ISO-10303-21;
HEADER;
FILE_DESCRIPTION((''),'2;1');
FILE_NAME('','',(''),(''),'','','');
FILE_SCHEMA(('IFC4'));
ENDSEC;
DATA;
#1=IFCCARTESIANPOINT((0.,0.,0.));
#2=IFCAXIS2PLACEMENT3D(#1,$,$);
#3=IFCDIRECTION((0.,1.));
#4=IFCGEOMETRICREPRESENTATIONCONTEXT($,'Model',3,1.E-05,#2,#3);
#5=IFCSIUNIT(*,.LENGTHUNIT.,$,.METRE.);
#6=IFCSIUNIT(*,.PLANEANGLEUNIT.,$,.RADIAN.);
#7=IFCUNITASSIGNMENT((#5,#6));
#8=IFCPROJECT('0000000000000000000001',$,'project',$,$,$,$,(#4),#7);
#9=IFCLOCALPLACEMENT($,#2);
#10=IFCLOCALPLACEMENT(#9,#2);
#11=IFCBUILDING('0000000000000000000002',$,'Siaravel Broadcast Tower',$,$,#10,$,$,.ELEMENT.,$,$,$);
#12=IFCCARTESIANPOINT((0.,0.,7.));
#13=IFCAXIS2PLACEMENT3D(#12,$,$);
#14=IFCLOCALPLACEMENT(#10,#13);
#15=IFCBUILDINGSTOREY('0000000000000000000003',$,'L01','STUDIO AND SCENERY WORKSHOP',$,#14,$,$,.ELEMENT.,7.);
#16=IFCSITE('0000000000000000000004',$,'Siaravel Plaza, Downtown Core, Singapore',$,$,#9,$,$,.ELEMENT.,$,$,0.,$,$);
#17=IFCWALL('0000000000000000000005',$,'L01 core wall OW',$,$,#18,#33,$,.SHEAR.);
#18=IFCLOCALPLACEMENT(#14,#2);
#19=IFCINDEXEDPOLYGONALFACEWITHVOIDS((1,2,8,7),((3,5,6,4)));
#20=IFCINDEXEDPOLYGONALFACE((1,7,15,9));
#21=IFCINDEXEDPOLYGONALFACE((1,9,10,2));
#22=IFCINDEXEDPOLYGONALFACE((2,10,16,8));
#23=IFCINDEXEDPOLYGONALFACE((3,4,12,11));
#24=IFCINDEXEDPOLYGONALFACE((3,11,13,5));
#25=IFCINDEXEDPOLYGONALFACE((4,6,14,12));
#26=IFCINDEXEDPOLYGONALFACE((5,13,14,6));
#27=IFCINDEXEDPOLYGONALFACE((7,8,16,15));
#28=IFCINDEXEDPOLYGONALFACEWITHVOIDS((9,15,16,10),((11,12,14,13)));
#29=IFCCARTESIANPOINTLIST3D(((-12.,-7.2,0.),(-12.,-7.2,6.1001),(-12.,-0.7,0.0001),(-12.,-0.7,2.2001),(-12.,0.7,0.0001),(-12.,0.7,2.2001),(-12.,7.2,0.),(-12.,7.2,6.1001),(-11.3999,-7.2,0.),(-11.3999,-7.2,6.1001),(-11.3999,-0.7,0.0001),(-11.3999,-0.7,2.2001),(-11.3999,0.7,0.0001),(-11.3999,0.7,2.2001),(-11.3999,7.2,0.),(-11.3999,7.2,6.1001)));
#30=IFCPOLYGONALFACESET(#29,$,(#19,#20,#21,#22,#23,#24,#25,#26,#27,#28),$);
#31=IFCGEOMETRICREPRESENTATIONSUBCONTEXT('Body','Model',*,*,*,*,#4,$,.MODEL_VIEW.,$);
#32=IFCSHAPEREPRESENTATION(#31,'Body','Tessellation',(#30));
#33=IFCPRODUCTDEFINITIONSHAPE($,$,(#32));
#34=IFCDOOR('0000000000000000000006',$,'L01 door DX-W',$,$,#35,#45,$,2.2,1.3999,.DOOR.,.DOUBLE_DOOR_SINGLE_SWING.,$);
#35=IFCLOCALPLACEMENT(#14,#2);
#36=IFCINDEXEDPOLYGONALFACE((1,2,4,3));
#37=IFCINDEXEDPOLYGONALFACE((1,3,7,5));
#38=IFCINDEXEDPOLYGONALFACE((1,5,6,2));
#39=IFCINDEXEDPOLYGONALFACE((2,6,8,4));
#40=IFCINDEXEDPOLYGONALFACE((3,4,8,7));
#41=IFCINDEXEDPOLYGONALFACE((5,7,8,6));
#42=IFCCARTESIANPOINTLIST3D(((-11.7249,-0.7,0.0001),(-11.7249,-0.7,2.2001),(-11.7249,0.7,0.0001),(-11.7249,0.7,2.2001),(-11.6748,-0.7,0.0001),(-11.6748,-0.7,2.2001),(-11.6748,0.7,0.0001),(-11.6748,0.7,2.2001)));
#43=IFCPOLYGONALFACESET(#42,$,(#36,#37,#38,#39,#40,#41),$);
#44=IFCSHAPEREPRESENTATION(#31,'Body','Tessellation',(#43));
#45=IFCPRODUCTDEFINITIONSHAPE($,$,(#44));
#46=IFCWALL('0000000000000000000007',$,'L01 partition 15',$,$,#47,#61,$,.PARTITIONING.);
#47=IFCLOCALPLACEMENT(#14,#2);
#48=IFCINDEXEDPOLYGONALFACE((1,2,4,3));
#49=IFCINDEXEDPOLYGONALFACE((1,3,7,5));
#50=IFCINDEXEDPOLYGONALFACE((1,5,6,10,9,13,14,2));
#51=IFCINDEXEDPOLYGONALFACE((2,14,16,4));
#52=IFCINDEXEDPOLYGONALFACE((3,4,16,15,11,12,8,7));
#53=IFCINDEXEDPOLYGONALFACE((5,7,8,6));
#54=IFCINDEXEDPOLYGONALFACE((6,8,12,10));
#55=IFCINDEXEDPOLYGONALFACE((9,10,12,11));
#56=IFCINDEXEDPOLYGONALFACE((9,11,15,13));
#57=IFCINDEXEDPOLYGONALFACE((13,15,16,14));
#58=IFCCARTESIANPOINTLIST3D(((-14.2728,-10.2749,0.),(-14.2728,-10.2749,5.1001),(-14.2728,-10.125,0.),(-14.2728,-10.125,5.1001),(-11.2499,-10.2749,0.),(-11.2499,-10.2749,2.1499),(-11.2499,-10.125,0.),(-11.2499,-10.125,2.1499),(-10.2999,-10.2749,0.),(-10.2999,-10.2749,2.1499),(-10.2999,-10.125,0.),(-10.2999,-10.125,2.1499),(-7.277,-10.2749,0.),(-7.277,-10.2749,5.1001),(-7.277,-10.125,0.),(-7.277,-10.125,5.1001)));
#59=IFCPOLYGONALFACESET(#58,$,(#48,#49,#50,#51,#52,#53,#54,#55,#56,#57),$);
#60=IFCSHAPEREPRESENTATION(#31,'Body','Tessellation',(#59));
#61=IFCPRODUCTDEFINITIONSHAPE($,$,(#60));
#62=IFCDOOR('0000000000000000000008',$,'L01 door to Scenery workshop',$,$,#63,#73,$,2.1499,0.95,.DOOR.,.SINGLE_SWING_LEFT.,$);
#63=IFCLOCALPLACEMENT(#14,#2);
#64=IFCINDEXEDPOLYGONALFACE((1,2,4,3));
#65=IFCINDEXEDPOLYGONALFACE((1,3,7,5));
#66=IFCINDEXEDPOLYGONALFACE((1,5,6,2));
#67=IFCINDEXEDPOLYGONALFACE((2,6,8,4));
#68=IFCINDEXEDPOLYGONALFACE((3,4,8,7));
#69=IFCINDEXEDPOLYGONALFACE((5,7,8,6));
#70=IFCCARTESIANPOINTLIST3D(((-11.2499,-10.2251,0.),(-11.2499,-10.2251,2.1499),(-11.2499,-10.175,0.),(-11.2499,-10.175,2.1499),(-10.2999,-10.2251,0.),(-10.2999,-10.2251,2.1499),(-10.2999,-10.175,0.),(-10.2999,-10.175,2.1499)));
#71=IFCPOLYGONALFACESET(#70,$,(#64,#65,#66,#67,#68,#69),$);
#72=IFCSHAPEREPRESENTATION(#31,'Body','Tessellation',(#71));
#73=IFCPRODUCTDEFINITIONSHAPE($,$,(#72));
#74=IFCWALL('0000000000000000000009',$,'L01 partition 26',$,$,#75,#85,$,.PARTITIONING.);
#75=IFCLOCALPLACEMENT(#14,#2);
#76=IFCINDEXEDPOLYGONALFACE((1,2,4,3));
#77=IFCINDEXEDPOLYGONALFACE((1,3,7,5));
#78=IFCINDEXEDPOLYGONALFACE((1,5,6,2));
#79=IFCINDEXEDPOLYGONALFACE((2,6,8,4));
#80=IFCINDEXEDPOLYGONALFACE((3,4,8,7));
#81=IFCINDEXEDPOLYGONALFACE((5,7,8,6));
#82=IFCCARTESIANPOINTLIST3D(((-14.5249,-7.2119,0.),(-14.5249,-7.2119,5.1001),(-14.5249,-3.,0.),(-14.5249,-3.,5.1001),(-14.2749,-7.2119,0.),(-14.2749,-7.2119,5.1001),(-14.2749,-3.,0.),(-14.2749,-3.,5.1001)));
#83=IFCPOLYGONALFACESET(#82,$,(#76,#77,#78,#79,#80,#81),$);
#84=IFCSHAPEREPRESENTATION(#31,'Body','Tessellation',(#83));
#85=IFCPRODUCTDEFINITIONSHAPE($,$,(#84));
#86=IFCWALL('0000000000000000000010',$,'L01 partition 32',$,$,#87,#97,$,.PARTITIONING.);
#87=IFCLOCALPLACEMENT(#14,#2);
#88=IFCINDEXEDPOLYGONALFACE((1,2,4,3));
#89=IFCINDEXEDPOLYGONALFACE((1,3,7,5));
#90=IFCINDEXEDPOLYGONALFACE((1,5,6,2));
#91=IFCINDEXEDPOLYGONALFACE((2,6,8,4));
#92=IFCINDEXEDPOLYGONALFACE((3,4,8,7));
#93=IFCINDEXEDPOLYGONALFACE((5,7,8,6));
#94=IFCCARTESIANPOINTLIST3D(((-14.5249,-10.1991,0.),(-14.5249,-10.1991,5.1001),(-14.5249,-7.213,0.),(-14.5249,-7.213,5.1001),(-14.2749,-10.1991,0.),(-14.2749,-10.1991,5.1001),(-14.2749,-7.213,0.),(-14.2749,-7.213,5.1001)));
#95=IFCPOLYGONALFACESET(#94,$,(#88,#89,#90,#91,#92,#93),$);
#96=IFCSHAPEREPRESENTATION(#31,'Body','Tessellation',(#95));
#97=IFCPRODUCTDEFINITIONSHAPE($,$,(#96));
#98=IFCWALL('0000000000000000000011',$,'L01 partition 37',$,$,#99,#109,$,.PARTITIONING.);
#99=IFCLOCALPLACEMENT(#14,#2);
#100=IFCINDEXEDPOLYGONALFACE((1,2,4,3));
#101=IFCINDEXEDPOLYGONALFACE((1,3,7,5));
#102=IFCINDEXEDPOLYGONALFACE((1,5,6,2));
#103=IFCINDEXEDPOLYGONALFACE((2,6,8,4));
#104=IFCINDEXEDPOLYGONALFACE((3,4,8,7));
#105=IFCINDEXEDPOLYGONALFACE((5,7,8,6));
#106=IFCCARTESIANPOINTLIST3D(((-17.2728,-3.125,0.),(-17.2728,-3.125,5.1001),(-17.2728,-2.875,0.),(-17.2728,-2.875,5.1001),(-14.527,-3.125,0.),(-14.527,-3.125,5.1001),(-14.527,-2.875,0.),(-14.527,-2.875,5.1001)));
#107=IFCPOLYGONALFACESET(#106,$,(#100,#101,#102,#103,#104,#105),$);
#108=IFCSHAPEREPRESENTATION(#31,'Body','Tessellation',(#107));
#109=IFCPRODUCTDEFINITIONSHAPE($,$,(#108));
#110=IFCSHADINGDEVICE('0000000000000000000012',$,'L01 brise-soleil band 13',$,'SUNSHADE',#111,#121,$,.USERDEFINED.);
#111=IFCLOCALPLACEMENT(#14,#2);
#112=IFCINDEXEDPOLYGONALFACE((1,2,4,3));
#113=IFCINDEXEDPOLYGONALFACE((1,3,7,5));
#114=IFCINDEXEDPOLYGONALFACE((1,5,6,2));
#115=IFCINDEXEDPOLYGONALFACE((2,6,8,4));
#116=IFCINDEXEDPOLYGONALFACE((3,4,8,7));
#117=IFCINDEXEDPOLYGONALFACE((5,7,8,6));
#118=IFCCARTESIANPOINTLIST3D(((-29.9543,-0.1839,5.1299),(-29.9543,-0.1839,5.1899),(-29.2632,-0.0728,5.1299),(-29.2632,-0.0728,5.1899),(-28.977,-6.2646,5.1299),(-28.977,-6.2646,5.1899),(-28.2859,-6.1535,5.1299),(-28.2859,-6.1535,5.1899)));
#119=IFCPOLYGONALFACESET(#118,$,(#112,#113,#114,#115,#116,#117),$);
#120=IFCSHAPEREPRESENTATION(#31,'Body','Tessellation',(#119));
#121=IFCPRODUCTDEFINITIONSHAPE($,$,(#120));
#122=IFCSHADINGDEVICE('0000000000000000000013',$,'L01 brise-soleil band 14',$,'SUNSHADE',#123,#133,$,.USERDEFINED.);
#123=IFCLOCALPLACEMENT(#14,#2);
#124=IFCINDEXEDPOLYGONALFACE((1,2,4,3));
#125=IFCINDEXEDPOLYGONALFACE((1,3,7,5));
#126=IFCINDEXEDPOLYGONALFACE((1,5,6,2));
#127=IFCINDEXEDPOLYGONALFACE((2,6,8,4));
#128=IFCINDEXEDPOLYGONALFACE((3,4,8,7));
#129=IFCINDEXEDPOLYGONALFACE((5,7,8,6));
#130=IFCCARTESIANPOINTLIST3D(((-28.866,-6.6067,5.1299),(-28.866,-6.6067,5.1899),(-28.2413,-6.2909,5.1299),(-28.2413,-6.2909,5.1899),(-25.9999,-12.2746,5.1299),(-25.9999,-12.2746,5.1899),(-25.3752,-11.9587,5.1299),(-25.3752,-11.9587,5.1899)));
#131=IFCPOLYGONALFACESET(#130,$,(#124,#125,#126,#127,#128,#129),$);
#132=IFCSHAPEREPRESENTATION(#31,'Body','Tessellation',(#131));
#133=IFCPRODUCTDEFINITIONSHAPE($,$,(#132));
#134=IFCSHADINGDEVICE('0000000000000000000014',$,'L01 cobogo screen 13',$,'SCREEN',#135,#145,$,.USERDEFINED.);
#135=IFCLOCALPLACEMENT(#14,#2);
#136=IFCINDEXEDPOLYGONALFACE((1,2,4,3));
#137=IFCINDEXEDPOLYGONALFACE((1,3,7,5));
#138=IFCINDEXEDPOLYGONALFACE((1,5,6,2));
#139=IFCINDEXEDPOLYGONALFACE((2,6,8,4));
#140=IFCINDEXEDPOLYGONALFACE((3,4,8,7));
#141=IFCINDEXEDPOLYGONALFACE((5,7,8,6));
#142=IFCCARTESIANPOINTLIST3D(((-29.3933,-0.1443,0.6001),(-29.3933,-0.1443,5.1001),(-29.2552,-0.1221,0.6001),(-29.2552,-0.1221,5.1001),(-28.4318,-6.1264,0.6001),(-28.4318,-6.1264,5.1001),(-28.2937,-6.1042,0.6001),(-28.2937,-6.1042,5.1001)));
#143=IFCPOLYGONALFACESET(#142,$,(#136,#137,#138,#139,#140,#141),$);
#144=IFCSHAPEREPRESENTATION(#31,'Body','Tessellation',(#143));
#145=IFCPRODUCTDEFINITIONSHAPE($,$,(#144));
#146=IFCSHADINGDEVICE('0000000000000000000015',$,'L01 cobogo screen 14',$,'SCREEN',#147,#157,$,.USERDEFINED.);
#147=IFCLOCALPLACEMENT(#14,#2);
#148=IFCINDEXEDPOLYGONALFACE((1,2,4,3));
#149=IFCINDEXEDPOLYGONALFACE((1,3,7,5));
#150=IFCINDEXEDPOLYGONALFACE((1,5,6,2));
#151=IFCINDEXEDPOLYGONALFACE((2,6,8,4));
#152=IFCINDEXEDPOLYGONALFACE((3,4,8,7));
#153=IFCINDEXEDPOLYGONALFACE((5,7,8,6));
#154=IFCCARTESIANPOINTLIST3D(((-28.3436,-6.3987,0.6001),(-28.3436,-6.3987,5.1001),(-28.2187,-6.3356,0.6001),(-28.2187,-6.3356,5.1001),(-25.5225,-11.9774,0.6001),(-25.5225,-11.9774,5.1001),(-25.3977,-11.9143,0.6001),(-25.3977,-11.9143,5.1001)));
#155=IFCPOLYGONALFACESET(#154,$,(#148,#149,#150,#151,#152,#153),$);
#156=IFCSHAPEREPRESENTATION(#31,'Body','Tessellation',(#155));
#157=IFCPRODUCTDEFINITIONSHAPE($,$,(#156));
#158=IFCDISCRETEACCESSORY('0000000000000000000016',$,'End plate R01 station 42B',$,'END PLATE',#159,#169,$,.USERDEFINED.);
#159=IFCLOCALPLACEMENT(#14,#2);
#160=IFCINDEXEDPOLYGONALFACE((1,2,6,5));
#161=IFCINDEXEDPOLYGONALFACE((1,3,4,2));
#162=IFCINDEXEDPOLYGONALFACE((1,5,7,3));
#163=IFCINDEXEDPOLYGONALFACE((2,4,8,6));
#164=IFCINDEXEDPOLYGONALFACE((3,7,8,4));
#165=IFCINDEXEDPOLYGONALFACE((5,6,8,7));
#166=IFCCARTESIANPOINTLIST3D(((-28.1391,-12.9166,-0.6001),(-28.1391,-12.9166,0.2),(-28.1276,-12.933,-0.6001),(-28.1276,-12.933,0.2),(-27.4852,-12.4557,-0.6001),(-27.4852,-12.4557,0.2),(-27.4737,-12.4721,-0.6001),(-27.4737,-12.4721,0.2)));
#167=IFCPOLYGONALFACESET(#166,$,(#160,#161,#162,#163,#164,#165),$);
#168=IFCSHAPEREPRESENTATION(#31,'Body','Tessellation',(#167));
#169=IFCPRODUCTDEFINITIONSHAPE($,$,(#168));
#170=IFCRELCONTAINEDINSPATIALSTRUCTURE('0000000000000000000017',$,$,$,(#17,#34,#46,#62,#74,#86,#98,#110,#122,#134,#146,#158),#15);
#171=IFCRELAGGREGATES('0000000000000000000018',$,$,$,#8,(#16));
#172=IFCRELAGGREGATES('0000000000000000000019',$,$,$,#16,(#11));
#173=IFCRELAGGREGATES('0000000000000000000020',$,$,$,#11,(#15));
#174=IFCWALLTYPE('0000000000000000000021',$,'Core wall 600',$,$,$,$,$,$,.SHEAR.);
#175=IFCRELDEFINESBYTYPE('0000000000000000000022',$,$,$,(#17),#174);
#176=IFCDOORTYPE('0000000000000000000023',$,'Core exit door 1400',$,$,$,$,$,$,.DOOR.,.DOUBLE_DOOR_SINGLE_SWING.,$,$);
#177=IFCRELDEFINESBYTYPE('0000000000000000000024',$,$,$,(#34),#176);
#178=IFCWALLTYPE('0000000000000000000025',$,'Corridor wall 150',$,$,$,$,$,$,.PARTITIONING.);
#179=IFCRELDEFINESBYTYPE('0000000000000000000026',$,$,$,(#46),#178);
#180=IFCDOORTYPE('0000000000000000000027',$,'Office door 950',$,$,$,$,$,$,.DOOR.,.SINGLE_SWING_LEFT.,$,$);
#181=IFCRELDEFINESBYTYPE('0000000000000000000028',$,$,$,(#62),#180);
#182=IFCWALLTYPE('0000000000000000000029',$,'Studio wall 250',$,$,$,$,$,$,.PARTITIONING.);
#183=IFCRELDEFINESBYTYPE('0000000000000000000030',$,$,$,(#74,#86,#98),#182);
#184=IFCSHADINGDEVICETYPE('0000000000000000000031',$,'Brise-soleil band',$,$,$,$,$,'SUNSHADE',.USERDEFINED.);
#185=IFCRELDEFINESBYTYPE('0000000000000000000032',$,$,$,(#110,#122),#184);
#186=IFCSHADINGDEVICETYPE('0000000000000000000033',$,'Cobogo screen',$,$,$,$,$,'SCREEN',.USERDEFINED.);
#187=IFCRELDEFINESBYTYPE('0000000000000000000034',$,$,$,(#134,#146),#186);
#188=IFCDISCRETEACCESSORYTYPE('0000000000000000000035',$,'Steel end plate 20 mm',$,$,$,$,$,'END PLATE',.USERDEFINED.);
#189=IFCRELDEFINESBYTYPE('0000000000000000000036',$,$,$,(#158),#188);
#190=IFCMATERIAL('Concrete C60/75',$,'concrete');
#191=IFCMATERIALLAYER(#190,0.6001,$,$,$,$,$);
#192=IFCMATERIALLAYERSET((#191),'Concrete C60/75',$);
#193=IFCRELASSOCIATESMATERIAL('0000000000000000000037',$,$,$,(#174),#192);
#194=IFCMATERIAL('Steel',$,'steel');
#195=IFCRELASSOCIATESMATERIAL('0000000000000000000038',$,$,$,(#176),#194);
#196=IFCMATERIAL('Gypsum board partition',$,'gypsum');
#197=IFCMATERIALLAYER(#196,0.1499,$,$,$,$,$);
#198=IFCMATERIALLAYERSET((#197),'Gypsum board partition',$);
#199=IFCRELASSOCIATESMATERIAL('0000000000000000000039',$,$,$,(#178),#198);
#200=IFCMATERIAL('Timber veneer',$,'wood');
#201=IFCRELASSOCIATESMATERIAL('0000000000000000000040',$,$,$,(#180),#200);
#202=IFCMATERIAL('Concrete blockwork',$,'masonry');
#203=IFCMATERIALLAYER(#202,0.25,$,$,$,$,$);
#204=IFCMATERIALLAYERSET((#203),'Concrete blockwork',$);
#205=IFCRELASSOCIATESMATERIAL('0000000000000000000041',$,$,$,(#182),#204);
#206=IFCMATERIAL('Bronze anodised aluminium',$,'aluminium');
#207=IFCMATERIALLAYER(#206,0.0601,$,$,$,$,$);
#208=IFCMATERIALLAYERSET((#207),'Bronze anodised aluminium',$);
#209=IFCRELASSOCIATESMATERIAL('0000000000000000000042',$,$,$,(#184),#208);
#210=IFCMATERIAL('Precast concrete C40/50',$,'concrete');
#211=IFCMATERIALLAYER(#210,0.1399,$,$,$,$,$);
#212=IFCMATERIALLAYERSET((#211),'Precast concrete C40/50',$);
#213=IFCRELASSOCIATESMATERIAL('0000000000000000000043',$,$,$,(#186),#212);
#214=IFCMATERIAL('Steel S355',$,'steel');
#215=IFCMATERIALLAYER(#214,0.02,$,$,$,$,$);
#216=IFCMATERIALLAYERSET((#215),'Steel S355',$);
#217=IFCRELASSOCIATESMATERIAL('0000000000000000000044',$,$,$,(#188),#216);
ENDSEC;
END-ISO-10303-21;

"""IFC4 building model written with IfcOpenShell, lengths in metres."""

from ifc_helpers import new_model, si_unit, direction, frame, frame_2d, origin, origin_2d, place, context, subcontext, project, spatial, rectangle, extrude, material, layer, layer_set, type_object, element, fill, save


model = new_model("IFC4")

# Units and contexts
model_context = context("Model", 3, precision=1e-05, world=origin(), true_north=direction((0.0, 1.0)))
body_context = subcontext(model_context, "Body", "Model", "MODEL_VIEW")
ifc_project = project(units=[si_unit("LENGTHUNIT", "METRE"), si_unit("PLANEANGLEUNIT", "RADIAN")], contexts=[model_context])

# Site, building, storey
site_placement = place(None, origin())
site = spatial("IfcSite", under=ifc_project, at=site_placement, Name="Siaravel Plaza, Downtown Core, Singapore", CompositionType="ELEMENT", RefElevation=0.0)
building_placement = place(site_placement, origin())
building = spatial("IfcBuilding", under=site, at=building_placement, Name="Siaravel Broadcast Tower", CompositionType="ELEMENT")
storey_placement = place(building_placement, frame((0.0, 0.0, 7.0)))
storey = spatial("IfcBuildingStorey", under=building, at=storey_placement, Name="L01", Description="STUDIO AND SCENERY WORKSHOP", CompositionType="ELEMENT", Elevation=7.0)

# Shared definitions
ifc_material_1 = material(Name="Steel S355", Category="steel")

# Walls, openings, doors
ifc_material_2 = material(Name="Concrete C60/75", Category="concrete")
ifc_layer_1 = layer(ifc_material_2, 0.6001)
ifc_layer_set_1 = layer_set([ifc_layer_1], Name="Concrete C60/75")
wall_type_1 = type_object("IfcWallType", Name="Core wall 600", PredefinedType="SHEAR", material=ifc_layer_set_1)
wall_1_placement = place(storey_placement, frame((-11.7, -7.2, 0.0), z_axis=(0.0, 0.0, 1.0), x_axis=(0.0, 1.0, 0.0)))
wall_1 = element("IfcWall", 1, at=wall_1_placement, inside=storey, type_object=wall_type_1, Name="L01 core wall OW", PredefinedType="SHEAR", context=body_context, shape_type="SweptSolid", body=[
    extrude(rectangle(XDim=14.3999, YDim=0.6001, at=frame_2d((7.2, 0.0))), origin(), (0.0, 0.0, 1.0), 6.1001),
])
opening_1_placement = place(wall_1_placement, frame((6.5, 0.0, 0.0)))
opening_1 = element("IfcOpeningElement", 2, at=opening_1_placement, cuts=wall_1, PredefinedType="OPENING", context=body_context, shape_type="SweptSolid", body=[
    extrude(rectangle(XDim=1.3999, YDim=2.2, at=frame_2d((0.7, 1.1001))), frame((0.0, 0.3101, 0.0), z_axis=(0.0, -1.0, 0.0), x_axis=(1.0, 0.0, 0.0)), (0.0, 0.0, 1.0), 0.6201),
])
ifc_material_3 = material(Name="Steel", Category="steel")
door_type_1 = type_object("IfcDoorType", Name="Core exit door 1400", OperationType="DOUBLE_DOOR_SINGLE_SWING", PredefinedType="DOOR", material=ifc_material_3)
door_1_placement = place(opening_1_placement, origin())
door_1 = element("IfcDoor", 3, at=door_1_placement, inside=storey, type_object=door_type_1, Name="L01 door DX-W", OperationType="DOUBLE_DOOR_SINGLE_SWING", OverallHeight=2.2, OverallWidth=1.3999, PredefinedType="DOOR", context=body_context, shape_type="SweptSolid", body=[
    extrude(rectangle(XDim=1.3999, YDim=2.2, at=frame_2d((0.7, 1.1001))), frame((0.0, 0.0249, 0.0), z_axis=(0.0, -1.0, 0.0), x_axis=(1.0, 0.0, 0.0)), (0.0, 0.0, 1.0), 0.05),
])
fill(opening_1, door_1)
ifc_material_4 = material(Name="Gypsum board partition", Category="gypsum")
ifc_layer_2 = layer(ifc_material_4, 0.1499)
ifc_layer_set_2 = layer_set([ifc_layer_2], Name="Gypsum board partition")
wall_type_2 = type_object("IfcWallType", Name="Corridor wall 150", PredefinedType="PARTITIONING", material=ifc_layer_set_2)
wall_2_placement = place(storey_placement, frame((-14.2729, -10.2, 0.0), z_axis=(0.0, 0.0, 1.0), x_axis=(1.0, 0.0, 0.0)))
wall_2 = element("IfcWall", 4, at=wall_2_placement, inside=storey, type_object=wall_type_2, Name="L01 partition 15", PredefinedType="PARTITIONING", context=body_context, shape_type="SweptSolid", body=[
    extrude(rectangle(XDim=6.9958, YDim=0.1499, at=frame_2d((3.498, 0.0))), origin(), (0.0, 0.0, 1.0), 5.1001),
])
opening_2_placement = place(wall_2_placement, frame((3.0229, 0.0, 0.0)))
opening_2 = element("IfcOpeningElement", 5, at=opening_2_placement, cuts=wall_2, PredefinedType="OPENING", context=body_context, shape_type="SweptSolid", body=[
    extrude(rectangle(XDim=0.95, YDim=2.1499, at=frame_2d((0.4751, 1.075))), frame((0.0, 0.085, 0.0), z_axis=(0.0, -1.0, 0.0), x_axis=(1.0, 0.0, 0.0)), (0.0, 0.0, 1.0), 0.1699),
])
ifc_material_5 = material(Name="Timber veneer", Category="wood")
door_type_2 = type_object("IfcDoorType", Name="Office door 950", OperationType="SINGLE_SWING_LEFT", PredefinedType="DOOR", material=ifc_material_5)
door_2_placement = place(opening_2_placement, origin())
door_2 = element("IfcDoor", 6, at=door_2_placement, inside=storey, type_object=door_type_2, Name="L01 door to Scenery workshop", OperationType="SINGLE_SWING_LEFT", OverallHeight=2.1499, OverallWidth=0.95, PredefinedType="DOOR", context=body_context, shape_type="SweptSolid", body=[
    extrude(rectangle(XDim=0.95, YDim=2.1499, at=frame_2d((0.4751, 1.075))), frame((0.0, 0.0249, 0.0), z_axis=(0.0, -1.0, 0.0), x_axis=(1.0, 0.0, 0.0)), (0.0, 0.0, 1.0), 0.05),
])
fill(opening_2, door_2)

# Walls
ifc_material_6 = material(Name="Concrete blockwork", Category="masonry")
ifc_layer_3 = layer(ifc_material_6, 0.25)
ifc_layer_set_3 = layer_set([ifc_layer_3], Name="Concrete blockwork")
wall_type_3 = type_object("IfcWallType", Name="Studio wall 250", PredefinedType="PARTITIONING", material=ifc_layer_set_3)
wall_3_placement = place(storey_placement, frame((-14.3999, -3.0, 0.0), z_axis=(0.0, 0.0, 1.0), x_axis=(0.0, -1.0, 0.0)))
element("IfcWall", 7, at=wall_3_placement, inside=storey, type_object=wall_type_3, Name="L01 partition 26", PredefinedType="PARTITIONING", context=body_context, shape_type="SweptSolid", body=[
    extrude(rectangle(XDim=4.2119, YDim=0.25, at=frame_2d((2.106, 0.0))), origin(), (0.0, 0.0, 1.0), 5.1001),
])
wall_4_placement = place(storey_placement, frame((-14.3999, -7.2129, 0.0), z_axis=(0.0, 0.0, 1.0), x_axis=(0.0, -1.0, 0.0)))
element("IfcWall", 8, at=wall_4_placement, inside=storey, type_object=wall_type_3, Name="L01 partition 32", PredefinedType="PARTITIONING", context=body_context, shape_type="SweptSolid", body=[
    extrude(rectangle(XDim=2.9861, YDim=0.25, at=frame_2d((1.4932, 0.0))), origin(), (0.0, 0.0, 1.0), 5.1001),
])
wall_5_placement = place(storey_placement, frame((-17.2729, -3.0, 0.0), z_axis=(0.0, 0.0, 1.0), x_axis=(1.0, 0.0, 0.0)))
element("IfcWall", 9, at=wall_5_placement, inside=storey, type_object=wall_type_3, Name="L01 partition 37", PredefinedType="PARTITIONING", context=body_context, shape_type="SweptSolid", body=[
    extrude(rectangle(XDim=2.7458, YDim=0.25, at=frame_2d((1.373, 0.0))), origin(), (0.0, 0.0, 1.0), 5.1001),
])

# Shading devices
ifc_material_7 = material(Name="Bronze anodised aluminium", Category="aluminium")
ifc_layer_4 = layer(ifc_material_7, 0.0601)
ifc_layer_set_4 = layer_set([ifc_layer_4], Name="Bronze anodised aluminium")
shading_device_type_1 = type_object("IfcShadingDeviceType", Name="Brise-soleil band", ElementType="SUNSHADE", PredefinedType="USERDEFINED", material=ifc_layer_set_4)
shading_device_1_placement = place(storey_placement, frame((-29.1201, -3.1687, 5.1299), z_axis=(0.0, 0.0, 1.0), x_axis=(0.158685, -0.987329, 0.0)))
element("IfcShadingDevice", 10, at=shading_device_1_placement, inside=storey, type_object=shading_device_type_1, Name="L01 brise-soleil band 13", ObjectType="SUNSHADE", PredefinedType="USERDEFINED", context=body_context, shape_type="SweptSolid", body=[
    extrude(rectangle(XDim=6.1587, YDim=0.7, at=origin_2d()), origin(), (0.0, 0.0, 1.0), 0.0601),
])
shading_device_2_placement = place(storey_placement, frame((-27.1206, -9.2827, 5.1299), z_axis=(0.0, 0.0, 1.0), x_axis=(0.451262, -0.892391, 0.0)))
element("IfcShadingDevice", 11, at=shading_device_2_placement, inside=storey, type_object=shading_device_type_1, Name="L01 brise-soleil band 14", ObjectType="SUNSHADE", PredefinedType="USERDEFINED", context=body_context, shape_type="SweptSolid", body=[
    extrude(rectangle(XDim=6.3513, YDim=0.7, at=origin_2d()), origin(), (0.0, 0.0, 1.0), 0.0601),
])
ifc_material_8 = material(Name="Precast concrete C40/50", Category="concrete")
ifc_layer_5 = layer(ifc_material_8, 0.1399)
ifc_layer_set_5 = layer_set([ifc_layer_5], Name="Precast concrete C40/50")
shading_device_type_2 = type_object("IfcShadingDeviceType", Name="Cobogo screen", ElementType="SCREEN", PredefinedType="USERDEFINED", material=ifc_layer_set_5)
shading_device_3_placement = place(storey_placement, frame((-28.8435, -3.1243, 0.6001), z_axis=(0.0, 0.0, 1.0), x_axis=(0.158685, -0.987329, 0.0)))
element("IfcShadingDevice", 12, at=shading_device_3_placement, inside=storey, type_object=shading_device_type_2, Name="L01 cobogo screen 13", ObjectType="SCREEN", PredefinedType="USERDEFINED", context=body_context, shape_type="SweptSolid", body=[
    extrude(rectangle(XDim=6.0588, YDim=0.1399, at=origin_2d()), origin(), (0.0, 0.0, 1.0), 4.5),
])
shading_device_4_placement = place(storey_placement, frame((-26.8706, -9.1565, 0.6001), z_axis=(0.0, 0.0, 1.0), x_axis=(0.451262, -0.892391, 0.0)))
element("IfcShadingDevice", 13, at=shading_device_4_placement, inside=storey, type_object=shading_device_type_2, Name="L01 cobogo screen 14", ObjectType="SCREEN", PredefinedType="USERDEFINED", context=body_context, shape_type="SweptSolid", body=[
    extrude(rectangle(XDim=6.2515, YDim=0.1399, at=origin_2d()), origin(), (0.0, 0.0, 1.0), 4.5),
])

# Discrete accessory
ifc_layer_6 = layer(ifc_material_1, 0.02)
ifc_layer_set_6 = layer_set([ifc_layer_6], Name="Steel S355")
discrete_accessory_type = type_object("IfcDiscreteAccessoryType", Name="Steel end plate 20 mm", ElementType="END PLATE", PredefinedType="USERDEFINED", material=ifc_layer_set_6)
discrete_accessory_placement = place(storey_placement, frame((-27.8064, -12.6943, -0.6001), z_axis=(0.0, 0.0, 1.0), x_axis=(0.576119, -0.817366, 0.0)))
element("IfcDiscreteAccessory", 14, at=discrete_accessory_placement, inside=storey, type_object=discrete_accessory_type, Name="End plate R01 station 42B", ObjectType="END PLATE", PredefinedType="USERDEFINED", context=body_context, shape_type="SweptSolid", body=[
    extrude(rectangle(XDim=0.02, YDim=0.8, at=origin_2d()), origin(), (0.0, 0.0, 1.0), 0.8),
])

save(model, "model.ifc")
